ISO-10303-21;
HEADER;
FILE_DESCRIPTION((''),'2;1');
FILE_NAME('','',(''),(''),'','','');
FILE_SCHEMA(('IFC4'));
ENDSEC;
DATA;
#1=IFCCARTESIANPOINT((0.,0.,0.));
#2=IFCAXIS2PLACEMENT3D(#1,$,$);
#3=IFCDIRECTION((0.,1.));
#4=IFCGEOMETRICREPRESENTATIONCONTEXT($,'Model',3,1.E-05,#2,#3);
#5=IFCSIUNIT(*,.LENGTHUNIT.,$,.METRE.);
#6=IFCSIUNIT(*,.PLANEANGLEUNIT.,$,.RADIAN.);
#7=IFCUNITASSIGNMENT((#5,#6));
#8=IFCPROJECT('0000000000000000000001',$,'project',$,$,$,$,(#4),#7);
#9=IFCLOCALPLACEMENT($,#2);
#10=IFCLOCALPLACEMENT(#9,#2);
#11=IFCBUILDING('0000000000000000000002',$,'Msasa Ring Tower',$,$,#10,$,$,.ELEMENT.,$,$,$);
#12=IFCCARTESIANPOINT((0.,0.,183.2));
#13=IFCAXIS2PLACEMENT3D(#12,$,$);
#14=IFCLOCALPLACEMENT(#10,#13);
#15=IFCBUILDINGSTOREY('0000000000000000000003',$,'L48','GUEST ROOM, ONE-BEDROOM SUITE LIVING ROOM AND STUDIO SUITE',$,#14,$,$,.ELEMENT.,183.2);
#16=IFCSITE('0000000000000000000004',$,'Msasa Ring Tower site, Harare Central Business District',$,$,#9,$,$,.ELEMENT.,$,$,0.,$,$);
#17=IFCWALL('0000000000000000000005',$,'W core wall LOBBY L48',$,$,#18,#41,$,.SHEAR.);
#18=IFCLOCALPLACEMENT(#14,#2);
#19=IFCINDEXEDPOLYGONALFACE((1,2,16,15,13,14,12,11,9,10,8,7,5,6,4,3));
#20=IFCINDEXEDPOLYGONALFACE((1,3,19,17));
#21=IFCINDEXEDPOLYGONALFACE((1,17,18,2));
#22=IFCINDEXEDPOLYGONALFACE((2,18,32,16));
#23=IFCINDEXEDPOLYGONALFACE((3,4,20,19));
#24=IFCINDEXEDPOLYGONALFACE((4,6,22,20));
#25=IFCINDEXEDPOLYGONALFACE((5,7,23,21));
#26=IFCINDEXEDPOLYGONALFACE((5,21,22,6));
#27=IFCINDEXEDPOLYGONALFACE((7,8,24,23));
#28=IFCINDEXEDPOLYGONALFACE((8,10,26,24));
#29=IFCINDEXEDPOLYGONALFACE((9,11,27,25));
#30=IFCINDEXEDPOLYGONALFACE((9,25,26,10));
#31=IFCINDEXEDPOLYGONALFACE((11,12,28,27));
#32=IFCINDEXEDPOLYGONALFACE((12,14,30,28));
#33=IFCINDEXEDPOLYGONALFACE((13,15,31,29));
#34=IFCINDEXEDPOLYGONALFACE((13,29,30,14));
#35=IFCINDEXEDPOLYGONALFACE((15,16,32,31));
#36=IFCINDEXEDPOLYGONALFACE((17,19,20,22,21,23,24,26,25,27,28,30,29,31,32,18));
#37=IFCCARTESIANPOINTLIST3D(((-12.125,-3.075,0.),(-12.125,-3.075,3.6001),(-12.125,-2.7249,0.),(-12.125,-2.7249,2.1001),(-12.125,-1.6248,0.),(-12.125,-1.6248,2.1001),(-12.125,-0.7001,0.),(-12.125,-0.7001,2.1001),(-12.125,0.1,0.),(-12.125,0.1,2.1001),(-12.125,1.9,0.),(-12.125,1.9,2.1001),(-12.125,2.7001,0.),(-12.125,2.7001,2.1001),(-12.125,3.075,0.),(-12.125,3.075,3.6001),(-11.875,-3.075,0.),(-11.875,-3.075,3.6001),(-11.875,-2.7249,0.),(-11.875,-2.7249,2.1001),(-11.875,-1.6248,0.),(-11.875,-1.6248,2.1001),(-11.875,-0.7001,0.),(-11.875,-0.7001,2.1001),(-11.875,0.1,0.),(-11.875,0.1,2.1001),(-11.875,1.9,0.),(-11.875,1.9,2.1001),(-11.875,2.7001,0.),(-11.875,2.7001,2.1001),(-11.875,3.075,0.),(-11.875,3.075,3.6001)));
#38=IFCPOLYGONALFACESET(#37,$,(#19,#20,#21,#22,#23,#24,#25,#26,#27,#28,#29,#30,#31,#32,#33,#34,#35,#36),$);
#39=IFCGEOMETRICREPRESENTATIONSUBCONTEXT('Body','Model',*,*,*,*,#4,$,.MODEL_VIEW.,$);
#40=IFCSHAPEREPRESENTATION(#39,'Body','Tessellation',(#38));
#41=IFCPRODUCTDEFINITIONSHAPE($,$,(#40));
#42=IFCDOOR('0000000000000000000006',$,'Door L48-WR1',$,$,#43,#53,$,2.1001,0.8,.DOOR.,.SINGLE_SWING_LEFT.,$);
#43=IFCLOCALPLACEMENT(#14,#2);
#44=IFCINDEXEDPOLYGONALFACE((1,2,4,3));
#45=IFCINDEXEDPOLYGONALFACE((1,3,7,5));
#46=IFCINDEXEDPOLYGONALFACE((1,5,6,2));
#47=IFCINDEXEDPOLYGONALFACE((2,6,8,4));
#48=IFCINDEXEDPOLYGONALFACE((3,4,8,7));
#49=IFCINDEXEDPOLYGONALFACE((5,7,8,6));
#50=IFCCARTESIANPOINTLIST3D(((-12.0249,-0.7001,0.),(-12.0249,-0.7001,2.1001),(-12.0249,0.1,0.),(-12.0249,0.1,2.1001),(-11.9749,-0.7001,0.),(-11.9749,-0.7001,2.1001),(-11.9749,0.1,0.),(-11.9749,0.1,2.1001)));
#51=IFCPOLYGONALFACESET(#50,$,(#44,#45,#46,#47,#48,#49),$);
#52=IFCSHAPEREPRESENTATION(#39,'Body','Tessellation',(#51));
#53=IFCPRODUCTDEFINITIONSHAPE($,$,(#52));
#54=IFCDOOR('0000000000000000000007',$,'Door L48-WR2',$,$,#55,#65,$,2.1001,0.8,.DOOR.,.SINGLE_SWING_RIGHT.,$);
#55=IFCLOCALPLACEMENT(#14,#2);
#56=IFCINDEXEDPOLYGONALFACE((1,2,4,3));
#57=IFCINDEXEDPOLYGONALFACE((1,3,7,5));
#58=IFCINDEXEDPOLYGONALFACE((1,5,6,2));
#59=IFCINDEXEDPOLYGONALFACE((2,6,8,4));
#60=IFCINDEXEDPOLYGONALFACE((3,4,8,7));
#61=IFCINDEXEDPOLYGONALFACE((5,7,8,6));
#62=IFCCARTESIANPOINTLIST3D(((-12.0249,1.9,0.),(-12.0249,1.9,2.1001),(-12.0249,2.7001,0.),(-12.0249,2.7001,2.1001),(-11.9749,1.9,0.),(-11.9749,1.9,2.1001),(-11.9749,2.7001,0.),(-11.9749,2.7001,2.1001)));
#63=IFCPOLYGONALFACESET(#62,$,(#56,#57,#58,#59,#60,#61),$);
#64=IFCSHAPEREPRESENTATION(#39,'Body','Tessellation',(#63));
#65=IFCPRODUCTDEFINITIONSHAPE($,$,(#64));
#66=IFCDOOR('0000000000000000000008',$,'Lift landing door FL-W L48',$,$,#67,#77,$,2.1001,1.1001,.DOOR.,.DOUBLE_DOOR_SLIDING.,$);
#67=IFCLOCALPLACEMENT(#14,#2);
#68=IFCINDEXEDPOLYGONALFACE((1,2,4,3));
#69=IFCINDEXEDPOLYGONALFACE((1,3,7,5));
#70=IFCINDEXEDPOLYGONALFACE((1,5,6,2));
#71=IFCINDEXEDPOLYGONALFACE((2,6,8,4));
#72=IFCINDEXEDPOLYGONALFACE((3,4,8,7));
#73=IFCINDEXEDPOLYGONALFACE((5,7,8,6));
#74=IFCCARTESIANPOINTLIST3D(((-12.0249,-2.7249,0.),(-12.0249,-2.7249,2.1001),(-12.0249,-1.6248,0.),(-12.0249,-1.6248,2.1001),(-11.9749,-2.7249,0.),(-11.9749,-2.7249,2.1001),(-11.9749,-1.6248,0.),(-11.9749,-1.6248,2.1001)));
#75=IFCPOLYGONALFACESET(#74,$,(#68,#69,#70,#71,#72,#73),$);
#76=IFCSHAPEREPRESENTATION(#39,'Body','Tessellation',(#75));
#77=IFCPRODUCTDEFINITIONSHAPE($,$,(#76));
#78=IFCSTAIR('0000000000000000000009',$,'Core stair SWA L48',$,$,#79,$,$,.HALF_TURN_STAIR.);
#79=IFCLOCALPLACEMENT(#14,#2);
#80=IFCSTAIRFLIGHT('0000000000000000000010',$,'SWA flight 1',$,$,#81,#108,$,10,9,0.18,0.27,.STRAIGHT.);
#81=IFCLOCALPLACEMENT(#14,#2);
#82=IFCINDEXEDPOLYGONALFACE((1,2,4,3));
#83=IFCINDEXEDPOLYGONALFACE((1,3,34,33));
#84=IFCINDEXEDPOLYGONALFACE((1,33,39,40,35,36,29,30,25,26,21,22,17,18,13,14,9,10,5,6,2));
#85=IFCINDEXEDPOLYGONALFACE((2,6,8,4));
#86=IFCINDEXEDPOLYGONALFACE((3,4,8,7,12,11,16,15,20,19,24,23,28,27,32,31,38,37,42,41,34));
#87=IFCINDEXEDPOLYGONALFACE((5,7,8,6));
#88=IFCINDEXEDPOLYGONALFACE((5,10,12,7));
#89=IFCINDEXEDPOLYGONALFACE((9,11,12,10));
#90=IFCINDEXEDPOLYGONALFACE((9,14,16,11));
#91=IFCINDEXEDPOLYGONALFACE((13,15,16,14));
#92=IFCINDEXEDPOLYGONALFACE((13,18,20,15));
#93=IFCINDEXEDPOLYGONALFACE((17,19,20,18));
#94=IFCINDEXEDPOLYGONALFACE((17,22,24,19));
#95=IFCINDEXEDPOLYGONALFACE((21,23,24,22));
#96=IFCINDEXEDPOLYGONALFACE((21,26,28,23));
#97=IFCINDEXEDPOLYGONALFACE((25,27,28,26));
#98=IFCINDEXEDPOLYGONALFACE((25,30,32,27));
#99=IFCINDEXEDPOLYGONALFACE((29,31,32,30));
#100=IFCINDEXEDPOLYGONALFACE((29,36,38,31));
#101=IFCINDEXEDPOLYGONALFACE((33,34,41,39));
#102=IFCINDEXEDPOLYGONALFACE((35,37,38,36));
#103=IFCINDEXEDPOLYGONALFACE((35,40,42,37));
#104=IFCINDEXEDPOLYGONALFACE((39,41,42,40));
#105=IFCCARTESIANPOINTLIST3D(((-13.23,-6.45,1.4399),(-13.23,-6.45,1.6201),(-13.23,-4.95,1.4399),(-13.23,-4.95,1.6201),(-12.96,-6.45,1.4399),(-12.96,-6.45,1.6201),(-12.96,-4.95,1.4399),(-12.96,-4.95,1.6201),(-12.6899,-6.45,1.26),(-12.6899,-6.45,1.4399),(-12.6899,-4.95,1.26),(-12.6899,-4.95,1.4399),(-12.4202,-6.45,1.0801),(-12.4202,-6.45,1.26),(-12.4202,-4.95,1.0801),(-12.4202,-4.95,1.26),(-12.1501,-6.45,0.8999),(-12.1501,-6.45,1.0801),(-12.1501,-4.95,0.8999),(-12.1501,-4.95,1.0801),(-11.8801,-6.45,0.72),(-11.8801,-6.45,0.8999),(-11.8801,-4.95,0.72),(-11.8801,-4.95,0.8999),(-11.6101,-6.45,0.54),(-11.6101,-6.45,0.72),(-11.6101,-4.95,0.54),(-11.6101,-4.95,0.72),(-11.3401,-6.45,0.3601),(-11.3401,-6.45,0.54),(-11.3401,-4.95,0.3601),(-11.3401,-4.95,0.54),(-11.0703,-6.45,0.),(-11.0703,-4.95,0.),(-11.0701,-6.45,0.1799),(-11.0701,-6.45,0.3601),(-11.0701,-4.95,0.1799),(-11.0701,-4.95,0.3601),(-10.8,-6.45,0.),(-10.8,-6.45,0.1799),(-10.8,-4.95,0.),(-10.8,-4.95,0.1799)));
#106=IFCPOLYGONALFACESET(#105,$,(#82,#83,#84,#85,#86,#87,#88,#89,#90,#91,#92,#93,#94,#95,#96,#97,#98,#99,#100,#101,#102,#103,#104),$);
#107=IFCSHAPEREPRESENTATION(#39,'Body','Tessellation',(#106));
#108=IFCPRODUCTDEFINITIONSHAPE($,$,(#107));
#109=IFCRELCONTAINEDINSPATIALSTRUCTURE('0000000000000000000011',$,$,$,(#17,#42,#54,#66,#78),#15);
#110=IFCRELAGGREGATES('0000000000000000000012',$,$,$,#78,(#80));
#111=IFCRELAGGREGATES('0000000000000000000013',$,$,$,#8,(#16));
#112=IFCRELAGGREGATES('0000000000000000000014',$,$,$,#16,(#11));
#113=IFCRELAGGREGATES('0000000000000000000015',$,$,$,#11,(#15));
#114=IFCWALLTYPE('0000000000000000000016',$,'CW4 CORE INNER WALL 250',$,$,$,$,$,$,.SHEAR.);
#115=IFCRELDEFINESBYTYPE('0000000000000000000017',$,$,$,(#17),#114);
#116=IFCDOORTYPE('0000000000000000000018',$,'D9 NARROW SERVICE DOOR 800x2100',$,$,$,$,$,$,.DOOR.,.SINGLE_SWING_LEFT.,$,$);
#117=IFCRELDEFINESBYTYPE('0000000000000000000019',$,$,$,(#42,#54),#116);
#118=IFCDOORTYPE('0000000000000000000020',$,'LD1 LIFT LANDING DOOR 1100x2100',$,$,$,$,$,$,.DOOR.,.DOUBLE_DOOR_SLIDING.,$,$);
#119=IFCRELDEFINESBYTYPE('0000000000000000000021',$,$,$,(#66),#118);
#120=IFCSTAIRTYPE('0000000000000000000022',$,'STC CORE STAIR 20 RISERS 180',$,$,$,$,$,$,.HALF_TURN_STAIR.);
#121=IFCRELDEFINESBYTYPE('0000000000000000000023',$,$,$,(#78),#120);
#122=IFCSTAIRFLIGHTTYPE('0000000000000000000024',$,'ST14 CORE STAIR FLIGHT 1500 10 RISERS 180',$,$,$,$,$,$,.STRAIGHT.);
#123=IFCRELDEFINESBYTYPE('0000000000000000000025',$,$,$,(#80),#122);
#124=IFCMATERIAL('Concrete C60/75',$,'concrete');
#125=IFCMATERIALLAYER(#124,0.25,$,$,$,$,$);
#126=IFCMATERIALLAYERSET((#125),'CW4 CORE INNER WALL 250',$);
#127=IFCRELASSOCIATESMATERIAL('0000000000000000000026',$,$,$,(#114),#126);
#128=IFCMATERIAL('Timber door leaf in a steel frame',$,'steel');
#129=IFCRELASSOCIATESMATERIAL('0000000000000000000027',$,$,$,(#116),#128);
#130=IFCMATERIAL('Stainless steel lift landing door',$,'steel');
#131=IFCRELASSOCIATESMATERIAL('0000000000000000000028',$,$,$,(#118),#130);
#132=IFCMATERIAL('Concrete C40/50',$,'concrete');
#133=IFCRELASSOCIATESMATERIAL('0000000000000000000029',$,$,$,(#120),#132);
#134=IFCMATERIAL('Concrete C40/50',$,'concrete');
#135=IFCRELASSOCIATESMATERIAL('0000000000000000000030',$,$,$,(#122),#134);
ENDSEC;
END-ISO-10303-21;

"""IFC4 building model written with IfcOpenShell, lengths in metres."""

from ifc_helpers import new_model, si_unit, direction, frame, frame_2d, origin, place, context, subcontext, project, spatial, polyline, rectangle, outline, extrude, material, layer, layer_set, type_object, element, fill, aggregate, save


model = new_model("IFC4")

# Units and contexts
model_context = context("Model", 3, precision=1e-05, world=origin(), true_north=direction((0.0, 1.0)))
body_context = subcontext(model_context, "Body", "Model", "MODEL_VIEW")
ifc_project = project(units=[si_unit("LENGTHUNIT", "METRE"), si_unit("PLANEANGLEUNIT", "RADIAN")], contexts=[model_context])

# Site, building, storey
site_placement = place(None, origin())
site = spatial("IfcSite", under=ifc_project, at=site_placement, Name="Msasa Ring Tower site, Harare Central Business District", CompositionType="ELEMENT", RefElevation=0.0)
building_placement = place(site_placement, origin())
building = spatial("IfcBuilding", under=site, at=building_placement, Name="Msasa Ring Tower", CompositionType="ELEMENT")
storey_placement = place(building_placement, frame((0.0, 0.0, 183.2)))
storey = spatial("IfcBuildingStorey", under=building, at=storey_placement, Name="L48", Description="GUEST ROOM, ONE-BEDROOM SUITE LIVING ROOM AND STUDIO SUITE", CompositionType="ELEMENT", Elevation=183.2)

# Shared definitions
ifc_material_1 = material(Name="Concrete C60/75", Category="concrete")
ifc_layer_1 = layer(ifc_material_1, 0.25)
ifc_layer_set_1 = layer_set([ifc_layer_1], Name="CW4 CORE INNER WALL 250")
wall_type_1 = type_object("IfcWallType", Name="CW4 CORE INNER WALL 250", PredefinedType="SHEAR", material=ifc_layer_set_1)

# Wall, openings, doors
wall_1_placement = place(storey_placement, frame((-12.0, -3.075, 0.0), z_axis=(0.0, 0.0, 1.0), x_axis=(0.0, 1.0, 0.0)))
wall_1 = element("IfcWall", 1, at=wall_1_placement, inside=storey, type_object=wall_type_1, Name="W core wall LOBBY L48", PredefinedType="SHEAR", context=body_context, shape_type="SweptSolid", body=[
    extrude(rectangle(XDim=6.1499, YDim=0.25, at=frame_2d((3.075, 0.0))), origin(), (0.0, 0.0, 1.0), 3.6001),
])
opening_1_placement = place(wall_1_placement, frame((2.375, 0.0, 0.0)))
opening_1 = element("IfcOpeningElement", 2, at=opening_1_placement, cuts=wall_1, PredefinedType="OPENING", context=body_context, shape_type="SweptSolid", body=[
    extrude(rectangle(XDim=0.8, YDim=2.1001, at=frame_2d((0.3999, 1.05))), frame((0.0, 0.135, 0.0), z_axis=(0.0, -1.0, 0.0), x_axis=(1.0, 0.0, 0.0)), (0.0, 0.0, 1.0), 0.27),
])
opening_2_placement = place(wall_1_placement, frame((4.9751, 0.0, 0.0)))
opening_2 = element("IfcOpeningElement", 3, at=opening_2_placement, cuts=wall_1, PredefinedType="OPENING", context=body_context, shape_type="SweptSolid", body=[
    extrude(rectangle(XDim=0.8, YDim=2.1001, at=frame_2d((0.3999, 1.05))), frame((0.0, 0.135, 0.0), z_axis=(0.0, -1.0, 0.0), x_axis=(1.0, 0.0, 0.0)), (0.0, 0.0, 1.0), 0.27),
])
opening_3_placement = place(wall_1_placement, frame((0.3501, 0.0, 0.0)))
opening_3 = element("IfcOpeningElement", 4, at=opening_3_placement, cuts=wall_1, PredefinedType="OPENING", context=body_context, shape_type="SweptSolid", body=[
    extrude(rectangle(XDim=1.1001, YDim=2.1001, at=frame_2d((0.55, 1.05))), frame((0.0, 0.135, 0.0), z_axis=(0.0, -1.0, 0.0), x_axis=(1.0, 0.0, 0.0)), (0.0, 0.0, 1.0), 0.27),
])
ifc_material_2 = material(Name="Timber door leaf in a steel frame", Category="steel")
door_type_1 = type_object("IfcDoorType", Name="D9 NARROW SERVICE DOOR 800x2100", OperationType="SINGLE_SWING_LEFT", PredefinedType="DOOR", material=ifc_material_2)
door_1_placement = place(opening_1_placement, origin())
door_1 = element("IfcDoor", 5, at=door_1_placement, inside=storey, type_object=door_type_1, Name="Door L48-WR1", OperationType="SINGLE_SWING_LEFT", OverallHeight=2.1001, OverallWidth=0.8, PredefinedType="DOOR", context=body_context, shape_type="SweptSolid", body=[
    extrude(rectangle(XDim=0.8, YDim=2.1001, at=frame_2d((0.3999, 1.05))), frame((0.0, 0.0249, 0.0), z_axis=(0.0, -1.0, 0.0), x_axis=(1.0, 0.0, 0.0)), (0.0, 0.0, 1.0), 0.05),
])
fill(opening_1, door_1)
door_2_placement = place(opening_2_placement, origin())
door_2 = element("IfcDoor", 6, at=door_2_placement, inside=storey, type_object=door_type_1, Name="Door L48-WR2", OperationType="SINGLE_SWING_RIGHT", OverallHeight=2.1001, OverallWidth=0.8, PredefinedType="DOOR", context=body_context, shape_type="SweptSolid", body=[
    extrude(rectangle(XDim=0.8, YDim=2.1001, at=frame_2d((0.3999, 1.05))), frame((0.0, 0.0249, 0.0), z_axis=(0.0, -1.0, 0.0), x_axis=(1.0, 0.0, 0.0)), (0.0, 0.0, 1.0), 0.05),
])
fill(opening_2, door_2)
ifc_material_3 = material(Name="Stainless steel lift landing door", Category="steel")
door_type_2 = type_object("IfcDoorType", Name="LD1 LIFT LANDING DOOR 1100x2100", OperationType="DOUBLE_DOOR_SLIDING", PredefinedType="DOOR", material=ifc_material_3)
door_3_placement = place(opening_3_placement, origin())
door_3 = element("IfcDoor", 7, at=door_3_placement, inside=storey, type_object=door_type_2, Name="Lift landing door FL-W L48", OperationType="DOUBLE_DOOR_SLIDING", OverallHeight=2.1001, OverallWidth=1.1001, PredefinedType="DOOR", context=body_context, shape_type="SweptSolid", body=[
    extrude(rectangle(XDim=1.1001, YDim=2.1001, at=frame_2d((0.55, 1.05))), frame((0.0, 0.0249, 0.0), z_axis=(0.0, -1.0, 0.0), x_axis=(1.0, 0.0, 0.0)), (0.0, 0.0, 1.0), 0.05),
])
fill(opening_3, door_3)

# Stair, stair flight
ifc_material_4 = material(Name="Concrete C40/50", Category="concrete")
stair_type = type_object("IfcStairType", Name="STC CORE STAIR 20 RISERS 180", PredefinedType="HALF_TURN_STAIR", material=ifc_material_4)
stair_placement = place(storey_placement, origin())
stair = element("IfcStair", 8, at=stair_placement, inside=storey, type_object=stair_type, Name="Core stair SWA L48", PredefinedType="HALF_TURN_STAIR")
ifc_material_5 = material(Name="Concrete C40/50", Category="concrete")
stair_flight_type = type_object("IfcStairFlightType", Name="ST14 CORE STAIR FLIGHT 1500 10 RISERS 180", PredefinedType="STRAIGHT", material=ifc_material_5)
stair_flight_placement = place(storey_placement, frame((-10.8, -5.7, 0.0), z_axis=(0.0, 0.0, 1.0), x_axis=(-1.0, 0.0, 0.0)))
stair_flight = element("IfcStairFlight", 9, at=stair_flight_placement, type_object=stair_flight_type, Name="SWA flight 1", NumberOfRisers=10, NumberOfTreads=9, PredefinedType="STRAIGHT", RiserHeight=0.18, TreadLength=0.27, context=body_context, shape_type="SweptSolid", body=[
    extrude(outline(polyline([(0.0, 0.0), (0.0, 0.1799), (0.27, 0.1799), (0.27, 0.3601), (0.54, 0.3601), (0.54, 0.54), (0.8101, 0.54), (0.8101, 0.72), (1.0801, 0.72), (1.0801, 0.8999), (1.3501, 0.8999), (1.3501, 1.0801), (1.6201, 1.0801), (1.6201, 1.26), (1.8899, 1.26), (1.8899, 1.4399), (2.1599, 1.4399), (2.1599, 1.6201), (2.4299, 1.6201), (2.4299, 1.8), (2.4299, 1.4399), (0.2703, 0.0), (0.0, 0.0)])), frame((0.0, 0.75, 0.0), z_axis=(0.0, -1.0, 0.0), x_axis=(1.0, 0.0, 0.0)), (0.0, 0.0, 1.0), 1.5),
])
aggregate(stair, [stair_flight])

save(model, "model.ifc")
